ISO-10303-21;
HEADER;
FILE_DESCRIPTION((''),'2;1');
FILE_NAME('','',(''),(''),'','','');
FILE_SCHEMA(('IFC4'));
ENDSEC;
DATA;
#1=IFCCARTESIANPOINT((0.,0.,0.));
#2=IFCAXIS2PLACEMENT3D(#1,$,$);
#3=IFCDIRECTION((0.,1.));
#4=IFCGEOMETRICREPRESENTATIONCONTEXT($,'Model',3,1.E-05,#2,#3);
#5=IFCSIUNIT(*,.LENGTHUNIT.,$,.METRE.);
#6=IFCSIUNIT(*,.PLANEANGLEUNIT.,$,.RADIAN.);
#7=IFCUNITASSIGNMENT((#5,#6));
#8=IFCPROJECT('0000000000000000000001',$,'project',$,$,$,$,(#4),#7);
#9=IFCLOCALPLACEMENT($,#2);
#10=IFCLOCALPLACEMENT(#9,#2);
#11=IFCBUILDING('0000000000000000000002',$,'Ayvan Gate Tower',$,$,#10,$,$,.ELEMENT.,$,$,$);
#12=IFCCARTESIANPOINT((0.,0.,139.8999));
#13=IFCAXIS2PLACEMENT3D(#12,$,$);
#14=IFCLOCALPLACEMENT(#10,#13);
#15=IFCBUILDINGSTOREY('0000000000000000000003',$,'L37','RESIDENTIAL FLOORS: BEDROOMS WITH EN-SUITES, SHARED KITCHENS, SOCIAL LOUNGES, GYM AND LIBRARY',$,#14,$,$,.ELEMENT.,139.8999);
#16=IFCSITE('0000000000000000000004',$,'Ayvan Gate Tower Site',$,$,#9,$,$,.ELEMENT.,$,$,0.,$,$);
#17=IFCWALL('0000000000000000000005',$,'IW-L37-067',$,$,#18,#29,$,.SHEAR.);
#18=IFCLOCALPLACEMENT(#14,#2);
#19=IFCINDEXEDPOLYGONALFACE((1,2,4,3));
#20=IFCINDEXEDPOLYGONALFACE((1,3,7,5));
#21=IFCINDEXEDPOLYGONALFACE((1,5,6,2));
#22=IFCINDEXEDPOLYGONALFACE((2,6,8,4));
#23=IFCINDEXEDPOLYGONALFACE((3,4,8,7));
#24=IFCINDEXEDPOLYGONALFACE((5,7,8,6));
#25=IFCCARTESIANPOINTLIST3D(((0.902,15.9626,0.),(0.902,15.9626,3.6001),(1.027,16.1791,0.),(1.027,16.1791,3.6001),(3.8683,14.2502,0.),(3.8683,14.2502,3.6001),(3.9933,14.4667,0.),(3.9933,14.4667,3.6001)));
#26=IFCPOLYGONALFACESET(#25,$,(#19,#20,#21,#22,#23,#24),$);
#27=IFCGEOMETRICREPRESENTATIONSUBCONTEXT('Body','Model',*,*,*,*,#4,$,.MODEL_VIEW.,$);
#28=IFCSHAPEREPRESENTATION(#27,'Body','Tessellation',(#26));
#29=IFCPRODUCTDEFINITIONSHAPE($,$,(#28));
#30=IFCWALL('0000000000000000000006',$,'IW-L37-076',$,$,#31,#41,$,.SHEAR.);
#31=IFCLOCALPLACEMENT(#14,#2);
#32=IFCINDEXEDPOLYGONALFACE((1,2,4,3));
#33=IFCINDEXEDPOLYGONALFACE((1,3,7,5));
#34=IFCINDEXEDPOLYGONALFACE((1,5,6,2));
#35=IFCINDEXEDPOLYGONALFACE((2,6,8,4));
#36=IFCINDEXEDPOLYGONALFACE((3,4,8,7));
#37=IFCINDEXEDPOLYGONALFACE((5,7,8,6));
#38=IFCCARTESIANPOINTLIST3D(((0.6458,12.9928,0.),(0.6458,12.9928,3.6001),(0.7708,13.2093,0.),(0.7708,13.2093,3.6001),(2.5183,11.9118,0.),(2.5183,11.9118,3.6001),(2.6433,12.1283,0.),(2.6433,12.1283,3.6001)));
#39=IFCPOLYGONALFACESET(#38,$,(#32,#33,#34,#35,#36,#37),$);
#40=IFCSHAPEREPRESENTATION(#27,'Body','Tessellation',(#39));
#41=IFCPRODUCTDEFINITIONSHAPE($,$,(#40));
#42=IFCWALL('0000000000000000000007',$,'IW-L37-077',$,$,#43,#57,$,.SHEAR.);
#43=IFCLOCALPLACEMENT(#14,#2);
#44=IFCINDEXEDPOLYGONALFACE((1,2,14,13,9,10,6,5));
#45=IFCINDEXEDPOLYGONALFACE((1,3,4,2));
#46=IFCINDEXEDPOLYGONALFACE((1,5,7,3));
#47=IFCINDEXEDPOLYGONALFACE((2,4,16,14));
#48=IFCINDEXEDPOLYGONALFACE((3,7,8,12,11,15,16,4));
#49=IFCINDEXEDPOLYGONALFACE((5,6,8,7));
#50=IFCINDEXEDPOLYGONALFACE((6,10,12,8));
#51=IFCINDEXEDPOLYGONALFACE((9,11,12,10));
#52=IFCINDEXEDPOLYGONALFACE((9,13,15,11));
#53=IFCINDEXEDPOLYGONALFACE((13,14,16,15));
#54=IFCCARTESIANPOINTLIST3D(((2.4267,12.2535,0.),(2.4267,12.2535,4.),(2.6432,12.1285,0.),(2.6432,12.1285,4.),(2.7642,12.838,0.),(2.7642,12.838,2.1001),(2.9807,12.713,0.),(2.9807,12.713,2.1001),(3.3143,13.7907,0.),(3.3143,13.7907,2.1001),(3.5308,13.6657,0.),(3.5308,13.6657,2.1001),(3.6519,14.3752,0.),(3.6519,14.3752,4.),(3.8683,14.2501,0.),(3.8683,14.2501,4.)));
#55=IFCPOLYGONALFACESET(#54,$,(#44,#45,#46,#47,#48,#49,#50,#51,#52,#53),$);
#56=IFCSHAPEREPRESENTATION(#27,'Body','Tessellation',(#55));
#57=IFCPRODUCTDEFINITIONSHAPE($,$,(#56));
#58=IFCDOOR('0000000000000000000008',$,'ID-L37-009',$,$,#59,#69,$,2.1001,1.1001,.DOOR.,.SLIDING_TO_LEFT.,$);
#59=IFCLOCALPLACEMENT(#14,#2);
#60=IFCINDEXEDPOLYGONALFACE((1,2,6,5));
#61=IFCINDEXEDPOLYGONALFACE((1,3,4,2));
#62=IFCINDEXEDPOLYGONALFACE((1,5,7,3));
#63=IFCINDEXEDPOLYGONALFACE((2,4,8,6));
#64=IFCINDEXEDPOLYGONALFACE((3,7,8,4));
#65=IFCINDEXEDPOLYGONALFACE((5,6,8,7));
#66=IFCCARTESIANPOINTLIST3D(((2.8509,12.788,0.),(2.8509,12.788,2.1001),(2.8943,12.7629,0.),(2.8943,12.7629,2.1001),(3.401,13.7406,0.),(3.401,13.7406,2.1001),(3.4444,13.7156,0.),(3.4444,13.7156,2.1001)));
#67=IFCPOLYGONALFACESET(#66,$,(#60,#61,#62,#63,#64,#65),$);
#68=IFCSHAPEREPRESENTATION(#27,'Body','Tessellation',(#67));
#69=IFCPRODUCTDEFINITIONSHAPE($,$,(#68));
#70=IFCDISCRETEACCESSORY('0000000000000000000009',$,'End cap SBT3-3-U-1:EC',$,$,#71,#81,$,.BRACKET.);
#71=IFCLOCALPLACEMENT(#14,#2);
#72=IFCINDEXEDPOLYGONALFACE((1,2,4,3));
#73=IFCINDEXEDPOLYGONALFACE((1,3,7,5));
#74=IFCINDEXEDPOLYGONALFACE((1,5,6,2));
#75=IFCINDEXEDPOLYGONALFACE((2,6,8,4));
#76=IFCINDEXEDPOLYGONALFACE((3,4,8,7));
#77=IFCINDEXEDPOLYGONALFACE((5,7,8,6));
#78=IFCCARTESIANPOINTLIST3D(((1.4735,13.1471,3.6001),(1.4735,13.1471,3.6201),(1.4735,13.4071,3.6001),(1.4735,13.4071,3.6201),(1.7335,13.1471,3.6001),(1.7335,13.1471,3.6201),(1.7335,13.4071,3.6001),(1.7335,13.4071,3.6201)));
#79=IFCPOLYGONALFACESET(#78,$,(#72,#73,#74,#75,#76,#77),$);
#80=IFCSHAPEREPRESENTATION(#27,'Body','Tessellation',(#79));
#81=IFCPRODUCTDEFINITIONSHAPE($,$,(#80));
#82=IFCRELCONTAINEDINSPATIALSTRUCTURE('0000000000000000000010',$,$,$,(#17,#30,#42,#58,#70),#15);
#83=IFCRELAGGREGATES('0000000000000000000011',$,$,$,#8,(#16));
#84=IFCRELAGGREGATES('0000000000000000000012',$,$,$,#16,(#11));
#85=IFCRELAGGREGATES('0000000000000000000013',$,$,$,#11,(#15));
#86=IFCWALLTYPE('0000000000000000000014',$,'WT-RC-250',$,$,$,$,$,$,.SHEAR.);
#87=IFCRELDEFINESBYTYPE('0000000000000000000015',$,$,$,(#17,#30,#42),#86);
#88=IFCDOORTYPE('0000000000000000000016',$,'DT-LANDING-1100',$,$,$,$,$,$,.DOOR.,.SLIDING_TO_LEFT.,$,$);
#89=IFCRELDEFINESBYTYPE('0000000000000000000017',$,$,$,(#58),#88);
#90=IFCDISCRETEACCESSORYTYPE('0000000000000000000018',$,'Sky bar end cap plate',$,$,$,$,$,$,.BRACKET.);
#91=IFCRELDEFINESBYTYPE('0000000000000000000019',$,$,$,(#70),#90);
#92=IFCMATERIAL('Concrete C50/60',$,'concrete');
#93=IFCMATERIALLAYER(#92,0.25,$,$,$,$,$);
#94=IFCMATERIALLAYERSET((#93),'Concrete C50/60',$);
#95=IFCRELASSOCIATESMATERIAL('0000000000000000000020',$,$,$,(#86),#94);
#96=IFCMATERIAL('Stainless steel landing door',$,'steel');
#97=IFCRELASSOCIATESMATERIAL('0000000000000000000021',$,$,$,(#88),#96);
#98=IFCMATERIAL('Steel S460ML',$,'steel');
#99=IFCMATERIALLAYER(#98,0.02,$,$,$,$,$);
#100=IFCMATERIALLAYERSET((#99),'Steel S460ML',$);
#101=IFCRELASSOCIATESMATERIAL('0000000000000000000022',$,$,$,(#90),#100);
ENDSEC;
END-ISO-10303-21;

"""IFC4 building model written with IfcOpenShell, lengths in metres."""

from ifc_helpers import new_model, si_unit, direction, frame, frame_2d, origin, origin_2d, place, context, subcontext, project, spatial, rectangle, extrude, material, layer, layer_set, type_object, element, fill, save


model = new_model("IFC4")

# Units and contexts
model_context = context("Model", 3, precision=1e-05, world=origin(), true_north=direction((0.0, 1.0)))
body_context = subcontext(model_context, "Body", "Model", "MODEL_VIEW")
ifc_project = project(units=[si_unit("LENGTHUNIT", "METRE"), si_unit("PLANEANGLEUNIT", "RADIAN")], contexts=[model_context])

# Site, building, storey
site_placement = place(None, origin())
site = spatial("IfcSite", under=ifc_project, at=site_placement, Name="Ayvan Gate Tower Site", CompositionType="ELEMENT", RefElevation=0.0)
building_placement = place(site_placement, origin())
building = spatial("IfcBuilding", under=site, at=building_placement, Name="Ayvan Gate Tower", CompositionType="ELEMENT")
storey_placement = place(building_placement, frame((0.0, 0.0, 139.8999)))
storey = spatial("IfcBuildingStorey", under=building, at=storey_placement, Name="L37", Description="RESIDENTIAL FLOORS: BEDROOMS WITH EN-SUITES, SHARED KITCHENS, SOCIAL LOUNGES, GYM AND LIBRARY", CompositionType="ELEMENT", Elevation=139.8999)

# Walls
ifc_material_1 = material(Name="Concrete C50/60", Category="concrete")
ifc_layer_1 = layer(ifc_material_1, 0.25)
ifc_layer_set_1 = layer_set([ifc_layer_1], Name="Concrete C50/60")
wall_type_1 = type_object("IfcWallType", Name="WT-RC-250", PredefinedType="SHEAR", material=ifc_layer_set_1)
wall_1_placement = place(storey_placement, frame((0.9646, 16.0708, 0.0), z_axis=(0.0, 0.0, 1.0), x_axis=(0.86605, -0.499957, 0.0)))
element("IfcWall", 1, at=wall_1_placement, inside=storey, type_object=wall_type_1, Name="IW-L37-067", PredefinedType="SHEAR", context=body_context, shape_type="SweptSolid", body=[
    extrude(rectangle(XDim=3.425, YDim=0.25, at=frame_2d((1.7124, 0.0))), origin(), (0.0, 0.0, 1.0), 3.6001),
])
wall_2_placement = place(storey_placement, frame((2.5808, 12.02, 0.0), z_axis=(0.0, 0.0, 1.0), x_axis=(-0.866039, 0.499977, 0.0)))
element("IfcWall", 2, at=wall_2_placement, inside=storey, type_object=wall_type_1, Name="IW-L37-076", PredefinedType="SHEAR", context=body_context, shape_type="SweptSolid", body=[
    extrude(rectangle(XDim=2.1621, YDim=0.25, at=frame_2d((1.0811, 0.0))), origin(), (0.0, 0.0, 1.0), 3.6001),
])

# Wall, opening, door
wall_3_placement = place(storey_placement, frame((2.5349, 12.1909, 0.0), z_axis=(0.0, 0.0, 1.0), x_axis=(0.500062, 0.86599, 0.0)))
wall_3 = element("IfcWall", 3, at=wall_3_placement, inside=storey, type_object=wall_type_1, Name="IW-L37-077", PredefinedType="SHEAR", context=body_context, shape_type="SweptSolid", body=[
    extrude(rectangle(XDim=2.45, YDim=0.25, at=frame_2d((1.2251, 0.0))), origin(), (0.0, 0.0, 1.0), 4.0),
])
opening_1_placement = place(wall_3_placement, frame((0.675, 0.0, 0.0)))
opening_1 = element("IfcOpeningElement", 4, at=opening_1_placement, cuts=wall_3, PredefinedType="OPENING", context=body_context, shape_type="SweptSolid", body=[
    extrude(rectangle(XDim=1.1001, YDim=2.1001, at=frame_2d((0.55, 1.05))), frame((0.0, 0.135, 0.0), z_axis=(0.0, -1.0, 0.0), x_axis=(1.0, 0.0, 0.0)), (0.0, 0.0, 1.0), 0.27),
])
ifc_material_2 = material(Name="Stainless steel landing door", Category="steel")
door_type_1 = type_object("IfcDoorType", Name="DT-LANDING-1100", OperationType="SLIDING_TO_LEFT", PredefinedType="DOOR", material=ifc_material_2)
door_1_placement = place(opening_1_placement, origin())
door_1 = element("IfcDoor", 5, at=door_1_placement, inside=storey, type_object=door_type_1, Name="ID-L37-009", OperationType="SLIDING_TO_LEFT", OverallHeight=2.1001, OverallWidth=1.1001, PredefinedType="DOOR", context=body_context, shape_type="SweptSolid", body=[
    extrude(rectangle(XDim=1.1001, YDim=2.1001, at=frame_2d((0.55, 1.05))), frame((0.0, 0.0249, 0.0), z_axis=(0.0, -1.0, 0.0), x_axis=(1.0, 0.0, 0.0)), (0.0, 0.0, 1.0), 0.05),
])
fill(opening_1, door_1)

# Discrete accessory
ifc_material_3 = material(Name="Steel S460ML", Category="steel")
ifc_layer_2 = layer(ifc_material_3, 0.02)
ifc_layer_set_2 = layer_set([ifc_layer_2], Name="Steel S460ML")
discrete_accessory_type = type_object("IfcDiscreteAccessoryType", Name="Sky bar end cap plate", PredefinedType="BRACKET", material=ifc_layer_set_2)
discrete_accessory_placement = place(storey_placement, frame((1.6035, 13.2771, 3.6001), z_axis=(0.0, 0.0, 1.0), x_axis=(1.0, 0.0, 0.0)))
element("IfcDiscreteAccessory", 6, at=discrete_accessory_placement, inside=storey, type_object=discrete_accessory_type, Name="End cap SBT3-3-U-1:EC", PredefinedType="BRACKET", context=body_context, shape_type="SweptSolid", body=[
    extrude(rectangle(XDim=0.26, YDim=0.26, at=origin_2d()), origin(), (0.0, 0.0, 1.0), 0.02),
])

save(model, "model.ifc")
